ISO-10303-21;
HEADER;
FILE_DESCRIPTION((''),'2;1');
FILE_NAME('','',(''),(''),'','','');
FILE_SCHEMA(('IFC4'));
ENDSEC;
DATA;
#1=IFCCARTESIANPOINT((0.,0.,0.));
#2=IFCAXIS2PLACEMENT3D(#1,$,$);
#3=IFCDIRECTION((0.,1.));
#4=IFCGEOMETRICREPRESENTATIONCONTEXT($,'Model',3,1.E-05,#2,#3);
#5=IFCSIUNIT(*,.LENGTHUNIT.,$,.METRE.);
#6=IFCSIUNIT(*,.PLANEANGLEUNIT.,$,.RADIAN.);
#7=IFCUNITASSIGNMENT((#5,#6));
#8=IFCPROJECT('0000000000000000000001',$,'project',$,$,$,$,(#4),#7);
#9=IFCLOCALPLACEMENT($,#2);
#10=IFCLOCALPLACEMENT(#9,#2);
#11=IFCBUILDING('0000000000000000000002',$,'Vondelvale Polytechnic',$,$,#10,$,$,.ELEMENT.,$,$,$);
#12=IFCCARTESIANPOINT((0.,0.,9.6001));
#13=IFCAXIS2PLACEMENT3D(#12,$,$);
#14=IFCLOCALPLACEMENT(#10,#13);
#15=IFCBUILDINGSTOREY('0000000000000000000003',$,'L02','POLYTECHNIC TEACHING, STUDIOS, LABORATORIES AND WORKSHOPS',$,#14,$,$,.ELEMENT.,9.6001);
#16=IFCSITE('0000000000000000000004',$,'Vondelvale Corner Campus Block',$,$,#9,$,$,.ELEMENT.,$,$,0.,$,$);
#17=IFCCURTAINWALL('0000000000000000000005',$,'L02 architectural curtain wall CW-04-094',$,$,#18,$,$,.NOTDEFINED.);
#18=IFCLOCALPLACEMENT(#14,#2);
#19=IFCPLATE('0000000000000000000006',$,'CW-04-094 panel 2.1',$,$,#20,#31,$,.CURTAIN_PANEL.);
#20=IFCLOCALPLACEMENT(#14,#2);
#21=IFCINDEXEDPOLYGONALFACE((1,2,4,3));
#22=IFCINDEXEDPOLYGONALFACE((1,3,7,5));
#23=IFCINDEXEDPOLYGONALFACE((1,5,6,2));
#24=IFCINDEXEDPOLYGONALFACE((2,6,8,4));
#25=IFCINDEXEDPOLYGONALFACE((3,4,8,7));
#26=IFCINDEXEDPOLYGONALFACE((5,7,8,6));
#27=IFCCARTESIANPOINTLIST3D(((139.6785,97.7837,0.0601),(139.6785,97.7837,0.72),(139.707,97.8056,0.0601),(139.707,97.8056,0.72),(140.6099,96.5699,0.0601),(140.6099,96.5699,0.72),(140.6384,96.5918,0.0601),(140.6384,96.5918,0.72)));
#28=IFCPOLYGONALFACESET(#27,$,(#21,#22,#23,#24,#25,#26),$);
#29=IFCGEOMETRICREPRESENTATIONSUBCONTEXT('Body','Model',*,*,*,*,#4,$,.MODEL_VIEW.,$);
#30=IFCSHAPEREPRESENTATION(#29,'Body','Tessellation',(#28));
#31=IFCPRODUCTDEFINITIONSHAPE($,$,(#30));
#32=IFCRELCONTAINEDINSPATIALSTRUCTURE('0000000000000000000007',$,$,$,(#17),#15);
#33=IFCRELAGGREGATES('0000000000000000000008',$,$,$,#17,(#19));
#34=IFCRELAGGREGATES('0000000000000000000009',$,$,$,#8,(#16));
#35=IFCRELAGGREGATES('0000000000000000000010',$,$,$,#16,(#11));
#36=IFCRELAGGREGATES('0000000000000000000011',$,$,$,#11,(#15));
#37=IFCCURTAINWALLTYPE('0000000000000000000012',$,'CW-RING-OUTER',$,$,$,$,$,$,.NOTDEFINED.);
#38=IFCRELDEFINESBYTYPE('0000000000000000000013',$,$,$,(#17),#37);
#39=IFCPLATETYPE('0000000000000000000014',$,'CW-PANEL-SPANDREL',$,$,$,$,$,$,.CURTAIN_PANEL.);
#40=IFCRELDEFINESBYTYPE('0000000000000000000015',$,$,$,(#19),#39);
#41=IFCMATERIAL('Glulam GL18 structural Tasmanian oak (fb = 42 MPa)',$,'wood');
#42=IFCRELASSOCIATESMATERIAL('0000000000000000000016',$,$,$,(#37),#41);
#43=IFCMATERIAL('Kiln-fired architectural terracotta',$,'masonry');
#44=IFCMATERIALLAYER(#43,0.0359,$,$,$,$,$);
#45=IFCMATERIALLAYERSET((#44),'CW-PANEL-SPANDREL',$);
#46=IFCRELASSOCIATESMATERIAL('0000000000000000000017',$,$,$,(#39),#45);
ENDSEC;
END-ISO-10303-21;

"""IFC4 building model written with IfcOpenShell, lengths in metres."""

from ifc_helpers import new_model, si_unit, direction, frame, origin, origin_2d, place, context, subcontext, project, spatial, rectangle, extrude, material, layer, layer_set, type_object, element, aggregate, save


model = new_model("IFC4")

# Units and contexts
model_context = context("Model", 3, precision=1e-05, world=origin(), true_north=direction((0.0, 1.0)))
body_context = subcontext(model_context, "Body", "Model", "MODEL_VIEW")
ifc_project = project(units=[si_unit("LENGTHUNIT", "METRE"), si_unit("PLANEANGLEUNIT", "RADIAN")], contexts=[model_context])

# Site, building, storey
site_placement = place(None, origin())
site = spatial("IfcSite", under=ifc_project, at=site_placement, Name="Vondelvale Corner Campus Block", CompositionType="ELEMENT", RefElevation=0.0)
building_placement = place(site_placement, origin())
building = spatial("IfcBuilding", under=site, at=building_placement, Name="Vondelvale Polytechnic", CompositionType="ELEMENT")
storey_placement = place(building_placement, frame((0.0, 0.0, 9.6001)))
storey = spatial("IfcBuildingStorey", under=building, at=storey_placement, Name="L02", Description="POLYTECHNIC TEACHING, STUDIOS, LABORATORIES AND WORKSHOPS", CompositionType="ELEMENT", Elevation=9.6001)

# Shared definitions
ifc_material_1 = material(Name="Glulam GL18 structural Tasmanian oak (fb = 42 MPa)", Category="wood")

# Curtain wall
curtain_wall_type = type_object("IfcCurtainWallType", Name="CW-RING-OUTER", PredefinedType="NOTDEFINED", material=ifc_material_1)
curtain_wall_1_placement = place(storey_placement, origin())
curtain_wall_1 = element("IfcCurtainWall", 1, at=curtain_wall_1_placement, inside=storey, type_object=curtain_wall_type, Name="L02 architectural curtain wall CW-04-094", PredefinedType="NOTDEFINED")

# Plate
ifc_material_2 = material(Name="Kiln-fired architectural terracotta", Category="masonry")
ifc_layer_1 = layer(ifc_material_2, 0.0359)
ifc_layer_set_1 = layer_set([ifc_layer_1], Name="CW-PANEL-SPANDREL")
plate_type_1 = type_object("IfcPlateType", Name="CW-PANEL-SPANDREL", PredefinedType="CURTAIN_PANEL", material=ifc_layer_set_1)
plate_1_placement = place(storey_placement, frame((140.1584, 97.1877, 0.0601), z_axis=(0.0, 0.0, 1.0), x_axis=(-0.608787, 0.793334, 0.0)))
plate_1 = element("IfcPlate", 2, at=plate_1_placement, type_object=plate_type_1, Name="CW-04-094 panel 2.1", PredefinedType="CURTAIN_PANEL", context=body_context, shape_type="SweptSolid", body=[
    extrude(rectangle(XDim=1.53, YDim=0.0359, at=origin_2d()), origin(), (0.0, 0.0, 1.0), 0.6599),
])
aggregate(curtain_wall_1, [plate_1])

save(model, "model.ifc")
